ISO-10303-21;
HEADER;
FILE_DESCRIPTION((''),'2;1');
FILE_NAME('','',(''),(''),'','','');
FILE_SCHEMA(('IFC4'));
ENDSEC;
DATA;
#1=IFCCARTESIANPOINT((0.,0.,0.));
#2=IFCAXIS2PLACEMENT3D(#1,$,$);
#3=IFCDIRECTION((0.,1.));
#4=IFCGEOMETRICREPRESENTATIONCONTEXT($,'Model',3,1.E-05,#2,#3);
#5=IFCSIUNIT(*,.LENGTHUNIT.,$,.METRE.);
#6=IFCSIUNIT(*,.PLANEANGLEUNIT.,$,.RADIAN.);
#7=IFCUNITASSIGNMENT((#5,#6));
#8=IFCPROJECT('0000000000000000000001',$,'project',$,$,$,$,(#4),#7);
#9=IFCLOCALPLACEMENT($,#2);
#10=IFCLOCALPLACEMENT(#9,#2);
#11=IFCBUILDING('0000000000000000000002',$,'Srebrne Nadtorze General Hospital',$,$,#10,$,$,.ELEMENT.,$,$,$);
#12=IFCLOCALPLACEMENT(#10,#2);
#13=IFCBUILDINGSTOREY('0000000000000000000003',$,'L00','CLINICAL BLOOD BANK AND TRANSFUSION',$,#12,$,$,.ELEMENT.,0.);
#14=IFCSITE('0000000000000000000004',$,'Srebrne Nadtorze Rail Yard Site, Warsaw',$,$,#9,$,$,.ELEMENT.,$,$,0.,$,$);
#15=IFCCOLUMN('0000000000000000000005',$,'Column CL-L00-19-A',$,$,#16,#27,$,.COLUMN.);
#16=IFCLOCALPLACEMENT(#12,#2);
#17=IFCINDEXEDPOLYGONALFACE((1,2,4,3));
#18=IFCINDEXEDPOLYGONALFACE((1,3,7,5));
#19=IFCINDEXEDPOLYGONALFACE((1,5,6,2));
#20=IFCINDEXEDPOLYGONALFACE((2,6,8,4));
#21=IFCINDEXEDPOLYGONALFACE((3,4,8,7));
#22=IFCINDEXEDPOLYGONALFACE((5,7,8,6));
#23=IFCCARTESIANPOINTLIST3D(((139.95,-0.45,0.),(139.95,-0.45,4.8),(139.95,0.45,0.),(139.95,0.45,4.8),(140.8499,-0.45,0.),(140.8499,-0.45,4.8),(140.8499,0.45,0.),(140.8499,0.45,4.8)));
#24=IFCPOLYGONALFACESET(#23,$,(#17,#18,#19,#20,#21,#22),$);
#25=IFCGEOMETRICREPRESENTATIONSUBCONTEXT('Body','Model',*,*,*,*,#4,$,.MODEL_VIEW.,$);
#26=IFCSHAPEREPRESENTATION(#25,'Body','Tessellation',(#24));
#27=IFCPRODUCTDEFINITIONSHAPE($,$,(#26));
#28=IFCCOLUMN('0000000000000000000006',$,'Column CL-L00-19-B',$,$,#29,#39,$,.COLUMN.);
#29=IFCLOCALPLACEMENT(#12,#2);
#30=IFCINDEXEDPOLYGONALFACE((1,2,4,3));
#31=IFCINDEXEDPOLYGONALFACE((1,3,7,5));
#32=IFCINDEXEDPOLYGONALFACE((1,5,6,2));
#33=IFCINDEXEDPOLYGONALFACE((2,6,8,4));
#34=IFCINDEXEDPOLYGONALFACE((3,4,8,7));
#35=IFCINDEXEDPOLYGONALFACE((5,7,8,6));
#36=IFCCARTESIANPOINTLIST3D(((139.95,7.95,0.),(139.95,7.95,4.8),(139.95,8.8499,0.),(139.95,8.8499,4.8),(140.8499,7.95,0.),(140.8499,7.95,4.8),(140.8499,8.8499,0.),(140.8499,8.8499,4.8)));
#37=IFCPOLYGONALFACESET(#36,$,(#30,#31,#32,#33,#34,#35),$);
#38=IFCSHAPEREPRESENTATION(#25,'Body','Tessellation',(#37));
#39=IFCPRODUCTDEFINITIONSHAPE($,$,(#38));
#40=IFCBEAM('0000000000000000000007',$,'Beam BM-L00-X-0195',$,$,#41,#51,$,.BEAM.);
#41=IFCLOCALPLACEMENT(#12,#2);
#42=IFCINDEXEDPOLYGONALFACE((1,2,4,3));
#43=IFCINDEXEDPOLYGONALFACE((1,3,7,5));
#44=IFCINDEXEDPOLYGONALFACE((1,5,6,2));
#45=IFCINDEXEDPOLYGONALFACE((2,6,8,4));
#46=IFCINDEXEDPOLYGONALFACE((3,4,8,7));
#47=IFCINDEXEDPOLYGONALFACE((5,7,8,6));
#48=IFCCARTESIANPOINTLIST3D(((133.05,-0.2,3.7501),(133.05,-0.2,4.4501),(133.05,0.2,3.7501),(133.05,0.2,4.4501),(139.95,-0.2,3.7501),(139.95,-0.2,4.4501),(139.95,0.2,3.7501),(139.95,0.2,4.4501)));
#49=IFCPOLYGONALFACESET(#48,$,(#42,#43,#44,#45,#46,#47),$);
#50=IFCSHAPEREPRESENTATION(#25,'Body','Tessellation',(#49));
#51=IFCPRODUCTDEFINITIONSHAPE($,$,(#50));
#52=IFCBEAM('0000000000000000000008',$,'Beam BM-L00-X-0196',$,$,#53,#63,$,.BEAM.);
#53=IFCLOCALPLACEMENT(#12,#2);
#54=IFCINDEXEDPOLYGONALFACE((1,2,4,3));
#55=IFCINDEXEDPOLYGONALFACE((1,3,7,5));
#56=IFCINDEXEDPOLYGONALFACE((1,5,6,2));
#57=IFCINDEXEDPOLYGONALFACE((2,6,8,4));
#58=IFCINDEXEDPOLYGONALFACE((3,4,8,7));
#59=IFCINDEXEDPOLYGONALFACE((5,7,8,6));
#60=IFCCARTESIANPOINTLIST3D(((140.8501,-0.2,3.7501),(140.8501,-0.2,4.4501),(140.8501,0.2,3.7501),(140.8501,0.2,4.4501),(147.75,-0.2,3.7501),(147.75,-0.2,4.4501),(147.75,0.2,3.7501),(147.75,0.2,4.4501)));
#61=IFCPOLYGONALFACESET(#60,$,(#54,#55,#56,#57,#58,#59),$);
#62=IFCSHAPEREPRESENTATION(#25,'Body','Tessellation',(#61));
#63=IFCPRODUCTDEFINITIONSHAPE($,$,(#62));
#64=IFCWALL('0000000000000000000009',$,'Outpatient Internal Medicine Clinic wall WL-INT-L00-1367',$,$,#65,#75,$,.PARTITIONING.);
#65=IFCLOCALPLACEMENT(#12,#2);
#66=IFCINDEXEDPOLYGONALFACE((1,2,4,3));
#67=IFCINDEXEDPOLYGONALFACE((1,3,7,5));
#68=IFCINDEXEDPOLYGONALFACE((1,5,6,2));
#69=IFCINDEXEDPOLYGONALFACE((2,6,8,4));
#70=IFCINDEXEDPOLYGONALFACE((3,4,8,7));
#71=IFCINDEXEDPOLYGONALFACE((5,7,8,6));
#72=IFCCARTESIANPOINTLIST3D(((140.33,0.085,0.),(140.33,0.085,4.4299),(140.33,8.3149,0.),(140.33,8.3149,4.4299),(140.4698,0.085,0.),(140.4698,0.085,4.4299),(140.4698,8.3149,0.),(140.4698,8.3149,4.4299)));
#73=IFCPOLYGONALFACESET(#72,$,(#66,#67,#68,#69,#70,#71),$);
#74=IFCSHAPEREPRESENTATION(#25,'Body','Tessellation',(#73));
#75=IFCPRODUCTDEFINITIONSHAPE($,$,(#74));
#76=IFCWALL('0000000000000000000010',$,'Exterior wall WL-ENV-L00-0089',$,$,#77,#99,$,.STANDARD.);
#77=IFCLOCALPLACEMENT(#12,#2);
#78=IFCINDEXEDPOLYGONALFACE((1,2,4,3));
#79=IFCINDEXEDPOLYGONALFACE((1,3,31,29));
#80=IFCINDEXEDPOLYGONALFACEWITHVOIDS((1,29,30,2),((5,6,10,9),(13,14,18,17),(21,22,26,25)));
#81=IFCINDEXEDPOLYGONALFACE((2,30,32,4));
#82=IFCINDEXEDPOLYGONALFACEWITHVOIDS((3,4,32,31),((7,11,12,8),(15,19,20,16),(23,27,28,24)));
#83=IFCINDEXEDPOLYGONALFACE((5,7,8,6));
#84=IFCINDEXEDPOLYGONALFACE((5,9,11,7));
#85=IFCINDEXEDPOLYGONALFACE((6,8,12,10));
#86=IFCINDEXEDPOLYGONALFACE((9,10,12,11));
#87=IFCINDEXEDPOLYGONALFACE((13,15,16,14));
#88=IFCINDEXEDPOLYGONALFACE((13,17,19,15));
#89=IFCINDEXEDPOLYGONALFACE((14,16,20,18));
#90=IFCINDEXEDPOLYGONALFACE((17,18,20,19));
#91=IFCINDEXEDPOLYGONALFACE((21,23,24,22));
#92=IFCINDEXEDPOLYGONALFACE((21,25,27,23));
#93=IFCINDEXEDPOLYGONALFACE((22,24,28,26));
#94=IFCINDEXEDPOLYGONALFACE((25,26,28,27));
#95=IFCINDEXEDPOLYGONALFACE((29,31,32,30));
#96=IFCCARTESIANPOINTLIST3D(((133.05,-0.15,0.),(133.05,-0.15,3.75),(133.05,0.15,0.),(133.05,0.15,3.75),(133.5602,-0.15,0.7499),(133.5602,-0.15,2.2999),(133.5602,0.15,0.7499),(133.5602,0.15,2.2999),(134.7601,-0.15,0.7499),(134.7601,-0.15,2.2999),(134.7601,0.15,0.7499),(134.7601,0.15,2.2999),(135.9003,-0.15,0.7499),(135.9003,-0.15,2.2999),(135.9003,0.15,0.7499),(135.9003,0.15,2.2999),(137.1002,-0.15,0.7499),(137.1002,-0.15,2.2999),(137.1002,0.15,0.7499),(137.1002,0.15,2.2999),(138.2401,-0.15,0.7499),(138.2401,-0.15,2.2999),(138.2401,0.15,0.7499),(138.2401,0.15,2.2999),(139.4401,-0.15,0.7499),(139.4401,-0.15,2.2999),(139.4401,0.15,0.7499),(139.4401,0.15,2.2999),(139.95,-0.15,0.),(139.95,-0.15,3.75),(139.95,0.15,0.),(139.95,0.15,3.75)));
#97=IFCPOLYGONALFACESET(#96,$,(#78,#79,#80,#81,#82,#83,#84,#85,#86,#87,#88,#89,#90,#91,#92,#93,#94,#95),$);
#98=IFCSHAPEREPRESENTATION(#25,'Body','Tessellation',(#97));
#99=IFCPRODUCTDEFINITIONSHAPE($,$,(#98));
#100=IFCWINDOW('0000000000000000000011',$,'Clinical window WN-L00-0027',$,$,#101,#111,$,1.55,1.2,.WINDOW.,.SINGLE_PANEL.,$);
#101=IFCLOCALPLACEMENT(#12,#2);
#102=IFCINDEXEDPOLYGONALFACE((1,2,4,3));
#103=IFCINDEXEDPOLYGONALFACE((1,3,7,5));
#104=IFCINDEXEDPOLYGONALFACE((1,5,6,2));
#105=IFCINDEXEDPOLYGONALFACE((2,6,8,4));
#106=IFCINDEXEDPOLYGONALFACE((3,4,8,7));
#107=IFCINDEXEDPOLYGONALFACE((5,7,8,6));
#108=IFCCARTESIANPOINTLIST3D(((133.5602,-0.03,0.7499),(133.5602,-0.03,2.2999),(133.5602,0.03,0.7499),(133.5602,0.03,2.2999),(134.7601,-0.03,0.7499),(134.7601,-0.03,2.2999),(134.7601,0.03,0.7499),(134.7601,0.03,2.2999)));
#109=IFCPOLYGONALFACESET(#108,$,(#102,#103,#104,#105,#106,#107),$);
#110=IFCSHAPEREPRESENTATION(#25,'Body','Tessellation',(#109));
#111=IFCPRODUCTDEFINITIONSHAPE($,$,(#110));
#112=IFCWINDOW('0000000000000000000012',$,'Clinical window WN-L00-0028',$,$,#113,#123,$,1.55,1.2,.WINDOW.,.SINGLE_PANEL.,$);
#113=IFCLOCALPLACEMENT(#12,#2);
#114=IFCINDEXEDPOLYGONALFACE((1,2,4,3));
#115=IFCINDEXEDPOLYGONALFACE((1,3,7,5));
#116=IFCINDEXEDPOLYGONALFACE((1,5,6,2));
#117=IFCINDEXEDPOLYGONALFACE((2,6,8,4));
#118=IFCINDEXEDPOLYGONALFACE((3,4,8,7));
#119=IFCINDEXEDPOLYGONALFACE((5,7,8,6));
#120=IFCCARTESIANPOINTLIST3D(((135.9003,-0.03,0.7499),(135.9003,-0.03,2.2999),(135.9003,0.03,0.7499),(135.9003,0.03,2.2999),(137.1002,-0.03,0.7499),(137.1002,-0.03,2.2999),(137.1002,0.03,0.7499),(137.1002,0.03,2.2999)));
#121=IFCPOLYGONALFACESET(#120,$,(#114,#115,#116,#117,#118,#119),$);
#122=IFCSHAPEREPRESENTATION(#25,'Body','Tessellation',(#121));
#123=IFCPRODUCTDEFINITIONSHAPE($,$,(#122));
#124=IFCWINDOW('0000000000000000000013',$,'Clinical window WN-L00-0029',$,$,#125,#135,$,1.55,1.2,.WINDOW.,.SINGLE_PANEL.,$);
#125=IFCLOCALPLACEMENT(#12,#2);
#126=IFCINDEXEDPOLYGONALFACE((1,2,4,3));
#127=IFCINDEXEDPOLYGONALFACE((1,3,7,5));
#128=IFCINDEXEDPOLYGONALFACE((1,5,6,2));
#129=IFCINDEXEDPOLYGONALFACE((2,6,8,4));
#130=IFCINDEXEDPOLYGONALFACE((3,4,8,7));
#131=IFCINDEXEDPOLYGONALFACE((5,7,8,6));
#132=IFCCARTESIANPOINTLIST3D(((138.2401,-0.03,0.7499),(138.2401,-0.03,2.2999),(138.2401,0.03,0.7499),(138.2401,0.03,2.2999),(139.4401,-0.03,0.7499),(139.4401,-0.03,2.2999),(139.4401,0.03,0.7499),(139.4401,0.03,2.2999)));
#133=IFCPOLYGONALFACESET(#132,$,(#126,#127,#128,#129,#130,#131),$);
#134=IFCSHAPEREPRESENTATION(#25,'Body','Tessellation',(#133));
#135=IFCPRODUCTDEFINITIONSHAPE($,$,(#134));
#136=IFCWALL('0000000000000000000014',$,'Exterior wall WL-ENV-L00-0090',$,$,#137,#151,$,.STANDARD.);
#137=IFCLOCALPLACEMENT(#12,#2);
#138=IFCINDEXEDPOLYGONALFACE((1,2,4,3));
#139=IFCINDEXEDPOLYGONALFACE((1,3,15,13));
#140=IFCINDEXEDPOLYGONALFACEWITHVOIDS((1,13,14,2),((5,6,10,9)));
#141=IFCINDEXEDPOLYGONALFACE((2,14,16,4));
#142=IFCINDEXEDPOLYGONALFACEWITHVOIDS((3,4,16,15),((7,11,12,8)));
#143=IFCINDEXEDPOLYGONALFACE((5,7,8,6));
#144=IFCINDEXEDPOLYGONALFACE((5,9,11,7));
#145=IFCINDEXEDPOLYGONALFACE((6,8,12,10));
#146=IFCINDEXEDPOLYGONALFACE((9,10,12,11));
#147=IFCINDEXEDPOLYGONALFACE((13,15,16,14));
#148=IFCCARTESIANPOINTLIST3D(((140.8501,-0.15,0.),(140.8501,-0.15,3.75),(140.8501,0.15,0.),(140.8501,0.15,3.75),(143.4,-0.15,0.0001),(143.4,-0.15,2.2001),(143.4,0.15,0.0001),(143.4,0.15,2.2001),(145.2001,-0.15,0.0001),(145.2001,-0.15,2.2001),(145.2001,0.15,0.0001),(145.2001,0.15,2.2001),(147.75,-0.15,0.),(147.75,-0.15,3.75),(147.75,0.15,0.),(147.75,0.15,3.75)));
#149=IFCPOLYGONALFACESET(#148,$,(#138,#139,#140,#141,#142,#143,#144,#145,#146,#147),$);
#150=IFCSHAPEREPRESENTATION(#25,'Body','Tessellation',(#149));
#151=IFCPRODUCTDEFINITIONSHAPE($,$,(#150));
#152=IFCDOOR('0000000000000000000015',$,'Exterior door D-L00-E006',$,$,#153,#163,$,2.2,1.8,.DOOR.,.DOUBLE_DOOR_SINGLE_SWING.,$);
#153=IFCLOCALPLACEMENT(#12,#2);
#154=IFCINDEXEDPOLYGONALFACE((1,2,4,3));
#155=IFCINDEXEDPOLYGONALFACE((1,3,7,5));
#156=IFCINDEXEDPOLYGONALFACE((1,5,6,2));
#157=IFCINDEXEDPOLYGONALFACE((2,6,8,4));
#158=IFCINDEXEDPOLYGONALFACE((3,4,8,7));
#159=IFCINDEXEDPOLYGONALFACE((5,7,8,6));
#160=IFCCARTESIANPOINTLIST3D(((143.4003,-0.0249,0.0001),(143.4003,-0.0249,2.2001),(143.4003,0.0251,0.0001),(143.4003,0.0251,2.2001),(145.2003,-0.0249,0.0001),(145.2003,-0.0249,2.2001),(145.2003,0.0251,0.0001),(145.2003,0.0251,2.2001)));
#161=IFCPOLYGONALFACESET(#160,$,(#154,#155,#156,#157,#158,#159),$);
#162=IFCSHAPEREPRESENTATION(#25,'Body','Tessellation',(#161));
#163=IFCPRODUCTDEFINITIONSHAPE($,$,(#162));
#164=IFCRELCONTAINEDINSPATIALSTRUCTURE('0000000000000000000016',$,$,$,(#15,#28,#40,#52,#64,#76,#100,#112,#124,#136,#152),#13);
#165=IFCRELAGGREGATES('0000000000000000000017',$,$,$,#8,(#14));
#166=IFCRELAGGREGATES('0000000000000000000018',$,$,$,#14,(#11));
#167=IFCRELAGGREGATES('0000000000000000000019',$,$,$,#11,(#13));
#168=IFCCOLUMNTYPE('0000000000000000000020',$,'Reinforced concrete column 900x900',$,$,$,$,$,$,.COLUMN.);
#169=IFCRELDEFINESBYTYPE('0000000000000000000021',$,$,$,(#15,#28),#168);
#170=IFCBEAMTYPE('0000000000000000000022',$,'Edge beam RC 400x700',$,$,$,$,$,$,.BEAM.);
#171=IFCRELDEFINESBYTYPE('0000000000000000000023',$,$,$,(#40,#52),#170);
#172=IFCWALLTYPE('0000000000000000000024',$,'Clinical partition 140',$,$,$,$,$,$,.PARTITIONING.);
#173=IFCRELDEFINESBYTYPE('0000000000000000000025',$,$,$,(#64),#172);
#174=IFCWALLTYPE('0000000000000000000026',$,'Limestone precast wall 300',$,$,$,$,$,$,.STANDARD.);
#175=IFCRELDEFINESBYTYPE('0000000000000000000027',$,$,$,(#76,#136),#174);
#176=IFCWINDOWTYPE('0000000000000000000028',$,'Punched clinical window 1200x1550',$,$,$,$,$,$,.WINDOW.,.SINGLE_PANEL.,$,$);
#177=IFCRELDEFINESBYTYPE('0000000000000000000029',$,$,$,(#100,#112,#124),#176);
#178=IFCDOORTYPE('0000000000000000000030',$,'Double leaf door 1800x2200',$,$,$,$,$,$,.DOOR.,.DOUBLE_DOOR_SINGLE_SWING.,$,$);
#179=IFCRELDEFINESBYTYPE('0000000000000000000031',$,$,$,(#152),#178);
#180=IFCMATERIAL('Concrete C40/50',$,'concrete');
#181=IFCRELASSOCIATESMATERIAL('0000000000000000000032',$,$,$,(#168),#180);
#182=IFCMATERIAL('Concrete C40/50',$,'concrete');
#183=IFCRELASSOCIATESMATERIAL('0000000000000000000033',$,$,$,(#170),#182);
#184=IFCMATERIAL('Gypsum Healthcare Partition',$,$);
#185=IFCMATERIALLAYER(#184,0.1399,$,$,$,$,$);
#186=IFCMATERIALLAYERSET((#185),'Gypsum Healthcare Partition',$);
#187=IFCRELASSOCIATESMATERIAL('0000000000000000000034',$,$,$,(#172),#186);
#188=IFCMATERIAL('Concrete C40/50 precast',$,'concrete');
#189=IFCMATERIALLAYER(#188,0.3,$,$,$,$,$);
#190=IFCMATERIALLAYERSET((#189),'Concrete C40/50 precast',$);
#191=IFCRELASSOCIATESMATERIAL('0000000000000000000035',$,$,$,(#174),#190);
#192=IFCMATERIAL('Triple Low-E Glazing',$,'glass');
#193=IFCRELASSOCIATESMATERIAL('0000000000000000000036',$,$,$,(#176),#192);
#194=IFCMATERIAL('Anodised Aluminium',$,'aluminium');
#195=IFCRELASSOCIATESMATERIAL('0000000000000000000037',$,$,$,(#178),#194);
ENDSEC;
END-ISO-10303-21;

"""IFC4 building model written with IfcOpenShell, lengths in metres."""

from ifc_helpers import new_model, si_unit, direction, frame, frame_2d, origin, origin_2d, place, context, subcontext, project, spatial, rectangle, extrude, material, layer, layer_set, material_profile, profile_set, type_object, element, fill, save


model = new_model("IFC4")

# Units and contexts
model_context = context("Model", 3, precision=1e-05, world=origin(), true_north=direction((0.0, 1.0)))
body_context = subcontext(model_context, "Body", "Model", "MODEL_VIEW")
ifc_project = project(units=[si_unit("LENGTHUNIT", "METRE"), si_unit("PLANEANGLEUNIT", "RADIAN")], contexts=[model_context])

# Site, building, storey
site_placement = place(None, origin())
site = spatial("IfcSite", under=ifc_project, at=site_placement, Name="Srebrne Nadtorze Rail Yard Site, Warsaw", CompositionType="ELEMENT", RefElevation=0.0)
building_placement = place(site_placement, origin())
building = spatial("IfcBuilding", under=site, at=building_placement, Name="Srebrne Nadtorze General Hospital", CompositionType="ELEMENT")
storey_placement = place(building_placement, origin())
storey = spatial("IfcBuildingStorey", under=building, at=storey_placement, Name="L00", Description="CLINICAL BLOOD BANK AND TRANSFUSION", CompositionType="ELEMENT", Elevation=0.0)

# Columns
ifc_material_1 = material(Name="Concrete C40/50", Category="concrete")
ifc_material_profile_1 = material_profile(ifc_material_1, rectangle(XDim=0.8999, YDim=0.8999, at=origin_2d()), Name="RC-COL-900x900")
ifc_profile_set_1 = profile_set([ifc_material_profile_1], Name="Concrete C40/50")
column_type = type_object("IfcColumnType", Name="Reinforced concrete column 900x900", PredefinedType="COLUMN", material=ifc_profile_set_1)
for number, where, z_axis, x_axis, name in (
    (1, (140.3999, 0.0, 0.0), (0.0, 0.0, 1.0), (1.0, 0.0, 0.0), "Column CL-L00-19-A"),
    (2, (140.3999, 8.3999, 0.0), (0.0, 0.0, 1.0), (1.0, 0.0, 0.0), "Column CL-L00-19-B"),
):
    element("IfcColumn", number, at=place(storey_placement, frame(where, z_axis=z_axis, x_axis=x_axis)), inside=storey, type_object=column_type, Name=name, PredefinedType="COLUMN", context=body_context, shape_type="SweptSolid", body=[
        extrude(rectangle(XDim=0.8999, YDim=0.8999, at=origin_2d()), origin(), (0.0, 0.0, 1.0), 4.8),
    ])

# Beams
ifc_material_2 = material(Name="Concrete C40/50", Category="concrete")
ifc_material_profile_2 = material_profile(ifc_material_2, rectangle(XDim=0.3999, YDim=0.7, at=origin_2d()), Name="RC-BM-400x700")
ifc_profile_set_2 = profile_set([ifc_material_profile_2], Name="Concrete C40/50")
beam_type = type_object("IfcBeamType", Name="Edge beam RC 400x700", PredefinedType="BEAM", material=ifc_profile_set_2)
for number, where, z_axis, x_axis, name in (
    (3, (133.05, 0.0, 4.1001), (1.0, 0.0, 0.0), (0.0, 1.0, 0.0), "Beam BM-L00-X-0195"),
    (4, (140.8501, 0.0, 4.1001), (1.0, 0.0, 0.0), (0.0, 1.0, 0.0), "Beam BM-L00-X-0196"),
):
    element("IfcBeam", number, at=place(storey_placement, frame(where, z_axis=z_axis, x_axis=x_axis)), inside=storey, type_object=beam_type, Name=name, PredefinedType="BEAM", context=body_context, shape_type="SweptSolid", body=[
        extrude(rectangle(XDim=0.3999, YDim=0.7, at=origin_2d()), origin(), (0.0, 0.0, 1.0), 6.8999),
    ])

# Wall
ifc_material_3 = material(Name="Gypsum Healthcare Partition")
ifc_layer_1 = layer(ifc_material_3, 0.1399)
ifc_layer_set_1 = layer_set([ifc_layer_1], Name="Gypsum Healthcare Partition")
wall_type_1 = type_object("IfcWallType", Name="Clinical partition 140", PredefinedType="PARTITIONING", material=ifc_layer_set_1)
wall_1_placement = place(storey_placement, frame((140.3999, 0.085, 0.0), z_axis=(0.0, 0.0, 1.0), x_axis=(0.0, 1.0, 0.0)))
element("IfcWall", 5, at=wall_1_placement, inside=storey, type_object=wall_type_1, Name="Outpatient Internal Medicine Clinic wall WL-INT-L00-1367", PredefinedType="PARTITIONING", context=body_context, shape_type="SweptSolid", body=[
    extrude(rectangle(XDim=8.23, YDim=0.1399, at=frame_2d((4.115, 0.0))), origin(), (0.0, 0.0, 1.0), 4.4299),
])

# Wall, openings, windows
ifc_material_4 = material(Name="Concrete C40/50 precast", Category="concrete")
ifc_layer_2 = layer(ifc_material_4, 0.3)
ifc_layer_set_2 = layer_set([ifc_layer_2], Name="Concrete C40/50 precast")
wall_type_2 = type_object("IfcWallType", Name="Limestone precast wall 300", PredefinedType="STANDARD", material=ifc_layer_set_2)
wall_2_placement = place(storey_placement, frame((133.05, 0.0, 0.0), z_axis=(0.0, 0.0, 1.0), x_axis=(1.0, 0.0, 0.0)))
wall_2 = element("IfcWall", 6, at=wall_2_placement, inside=storey, type_object=wall_type_2, Name="Exterior wall WL-ENV-L00-0089", PredefinedType="STANDARD", context=body_context, shape_type="SweptSolid", body=[
    extrude(rectangle(XDim=6.8999, YDim=0.3, at=frame_2d((3.45, 0.0))), origin(), (0.0, 0.0, 1.0), 3.75),
])
opening_1_placement = place(wall_2_placement, frame((0.51, 0.0, 0.75)))
opening_1 = element("IfcOpeningElement", 7, at=opening_1_placement, cuts=wall_2, PredefinedType="OPENING", context=body_context, shape_type="SweptSolid", body=[
    extrude(rectangle(XDim=1.2, YDim=1.55, at=frame_2d((0.6001, 0.7749))), frame((0.0, 0.1621, 0.0), z_axis=(0.0, -1.0, 0.0), x_axis=(1.0, 0.0, 0.0)), (0.0, 0.0, 1.0), 0.324),
])
opening_2_placement = place(wall_2_placement, frame((2.8501, 0.0, 0.75)))
opening_2 = element("IfcOpeningElement", 8, at=opening_2_placement, cuts=wall_2, PredefinedType="OPENING", context=body_context, shape_type="SweptSolid", body=[
    extrude(rectangle(XDim=1.2, YDim=1.55, at=frame_2d((0.6001, 0.7749))), frame((0.0, 0.1621, 0.0), z_axis=(0.0, -1.0, 0.0), x_axis=(1.0, 0.0, 0.0)), (0.0, 0.0, 1.0), 0.324),
])
opening_3_placement = place(wall_2_placement, frame((5.1899, 0.0, 0.75)))
opening_3 = element("IfcOpeningElement", 9, at=opening_3_placement, cuts=wall_2, PredefinedType="OPENING", context=body_context, shape_type="SweptSolid", body=[
    extrude(rectangle(XDim=1.2, YDim=1.55, at=frame_2d((0.6001, 0.7749))), frame((0.0, 0.1621, 0.0), z_axis=(0.0, -1.0, 0.0), x_axis=(1.0, 0.0, 0.0)), (0.0, 0.0, 1.0), 0.324),
])
ifc_material_5 = material(Name="Triple Low-E Glazing", Category="glass")
window_type = type_object("IfcWindowType", Name="Punched clinical window 1200x1550", PartitioningType="SINGLE_PANEL", PredefinedType="WINDOW", material=ifc_material_5)
window_1_placement = place(opening_1_placement, origin())
window_1 = element("IfcWindow", 10, at=window_1_placement, inside=storey, type_object=window_type, Name="Clinical window WN-L00-0027", OverallHeight=1.55, OverallWidth=1.2, PartitioningType="SINGLE_PANEL", PredefinedType="WINDOW", context=body_context, shape_type="SweptSolid", body=[
    extrude(rectangle(XDim=1.2, YDim=1.55, at=frame_2d((0.6001, 0.7749))), frame((0.0, 0.03, 0.0), z_axis=(0.0, -1.0, 0.0), x_axis=(1.0, 0.0, 0.0)), (0.0, 0.0, 1.0), 0.0601),
])
fill(opening_1, window_1)
window_2_placement = place(opening_2_placement, origin())
window_2 = element("IfcWindow", 11, at=window_2_placement, inside=storey, type_object=window_type, Name="Clinical window WN-L00-0028", OverallHeight=1.55, OverallWidth=1.2, PartitioningType="SINGLE_PANEL", PredefinedType="WINDOW", context=body_context, shape_type="SweptSolid", body=[
    extrude(rectangle(XDim=1.2, YDim=1.55, at=frame_2d((0.6001, 0.7749))), frame((0.0, 0.03, 0.0), z_axis=(0.0, -1.0, 0.0), x_axis=(1.0, 0.0, 0.0)), (0.0, 0.0, 1.0), 0.0601),
])
fill(opening_2, window_2)
window_3_placement = place(opening_3_placement, origin())
window_3 = element("IfcWindow", 12, at=window_3_placement, inside=storey, type_object=window_type, Name="Clinical window WN-L00-0029", OverallHeight=1.55, OverallWidth=1.2, PartitioningType="SINGLE_PANEL", PredefinedType="WINDOW", context=body_context, shape_type="SweptSolid", body=[
    extrude(rectangle(XDim=1.2, YDim=1.55, at=frame_2d((0.6001, 0.7749))), frame((0.0, 0.03, 0.0), z_axis=(0.0, -1.0, 0.0), x_axis=(1.0, 0.0, 0.0)), (0.0, 0.0, 1.0), 0.0601),
])
fill(opening_3, window_3)

# Wall, opening, door
wall_3_placement = place(storey_placement, frame((140.8501, 0.0, 0.0), z_axis=(0.0, 0.0, 1.0), x_axis=(1.0, 0.0, 0.0)))
wall_3 = element("IfcWall", 13, at=wall_3_placement, inside=storey, type_object=wall_type_2, Name="Exterior wall WL-ENV-L00-0090", PredefinedType="STANDARD", context=body_context, shape_type="SweptSolid", body=[
    extrude(rectangle(XDim=6.8999, YDim=0.3, at=frame_2d((3.45, 0.0))), origin(), (0.0, 0.0, 1.0), 3.75),
])
opening_4_placement = place(wall_3_placement, frame((2.55, 0.0, 0.0)))
opening_4 = element("IfcOpeningElement", 14, at=opening_4_placement, cuts=wall_3, PredefinedType="OPENING", context=body_context, shape_type="SweptSolid", body=[
    extrude(rectangle(XDim=1.8, YDim=2.2, at=frame_2d((0.8999, 1.1001))), frame((0.0, 0.1621, 0.0), z_axis=(0.0, -1.0, 0.0), x_axis=(1.0, 0.0, 0.0)), (0.0, 0.0, 1.0), 0.324),
])
ifc_material_6 = material(Name="Anodised Aluminium", Category="aluminium")
door_type = type_object("IfcDoorType", Name="Double leaf door 1800x2200", OperationType="DOUBLE_DOOR_SINGLE_SWING", PredefinedType="DOOR", material=ifc_material_6)
door_placement = place(opening_4_placement, frame((1.8, 0.0, 0.0), z_axis=(0.0, 0.0, 1.0), x_axis=(-1.0, 0.0, 0.0)))
door = element("IfcDoor", 15, at=door_placement, inside=storey, type_object=door_type, Name="Exterior door D-L00-E006", OperationType="DOUBLE_DOOR_SINGLE_SWING", OverallHeight=2.2, OverallWidth=1.8, PredefinedType="DOOR", context=body_context, shape_type="SweptSolid", body=[
    extrude(rectangle(XDim=1.8, YDim=2.2, at=frame_2d((0.8999, 1.1001))), frame((0.0, 0.0249, 0.0), z_axis=(0.0, -1.0, 0.0), x_axis=(1.0, 0.0, 0.0)), (0.0, 0.0, 1.0), 0.05),
])
fill(opening_4, door)

save(model, "model.ifc")
